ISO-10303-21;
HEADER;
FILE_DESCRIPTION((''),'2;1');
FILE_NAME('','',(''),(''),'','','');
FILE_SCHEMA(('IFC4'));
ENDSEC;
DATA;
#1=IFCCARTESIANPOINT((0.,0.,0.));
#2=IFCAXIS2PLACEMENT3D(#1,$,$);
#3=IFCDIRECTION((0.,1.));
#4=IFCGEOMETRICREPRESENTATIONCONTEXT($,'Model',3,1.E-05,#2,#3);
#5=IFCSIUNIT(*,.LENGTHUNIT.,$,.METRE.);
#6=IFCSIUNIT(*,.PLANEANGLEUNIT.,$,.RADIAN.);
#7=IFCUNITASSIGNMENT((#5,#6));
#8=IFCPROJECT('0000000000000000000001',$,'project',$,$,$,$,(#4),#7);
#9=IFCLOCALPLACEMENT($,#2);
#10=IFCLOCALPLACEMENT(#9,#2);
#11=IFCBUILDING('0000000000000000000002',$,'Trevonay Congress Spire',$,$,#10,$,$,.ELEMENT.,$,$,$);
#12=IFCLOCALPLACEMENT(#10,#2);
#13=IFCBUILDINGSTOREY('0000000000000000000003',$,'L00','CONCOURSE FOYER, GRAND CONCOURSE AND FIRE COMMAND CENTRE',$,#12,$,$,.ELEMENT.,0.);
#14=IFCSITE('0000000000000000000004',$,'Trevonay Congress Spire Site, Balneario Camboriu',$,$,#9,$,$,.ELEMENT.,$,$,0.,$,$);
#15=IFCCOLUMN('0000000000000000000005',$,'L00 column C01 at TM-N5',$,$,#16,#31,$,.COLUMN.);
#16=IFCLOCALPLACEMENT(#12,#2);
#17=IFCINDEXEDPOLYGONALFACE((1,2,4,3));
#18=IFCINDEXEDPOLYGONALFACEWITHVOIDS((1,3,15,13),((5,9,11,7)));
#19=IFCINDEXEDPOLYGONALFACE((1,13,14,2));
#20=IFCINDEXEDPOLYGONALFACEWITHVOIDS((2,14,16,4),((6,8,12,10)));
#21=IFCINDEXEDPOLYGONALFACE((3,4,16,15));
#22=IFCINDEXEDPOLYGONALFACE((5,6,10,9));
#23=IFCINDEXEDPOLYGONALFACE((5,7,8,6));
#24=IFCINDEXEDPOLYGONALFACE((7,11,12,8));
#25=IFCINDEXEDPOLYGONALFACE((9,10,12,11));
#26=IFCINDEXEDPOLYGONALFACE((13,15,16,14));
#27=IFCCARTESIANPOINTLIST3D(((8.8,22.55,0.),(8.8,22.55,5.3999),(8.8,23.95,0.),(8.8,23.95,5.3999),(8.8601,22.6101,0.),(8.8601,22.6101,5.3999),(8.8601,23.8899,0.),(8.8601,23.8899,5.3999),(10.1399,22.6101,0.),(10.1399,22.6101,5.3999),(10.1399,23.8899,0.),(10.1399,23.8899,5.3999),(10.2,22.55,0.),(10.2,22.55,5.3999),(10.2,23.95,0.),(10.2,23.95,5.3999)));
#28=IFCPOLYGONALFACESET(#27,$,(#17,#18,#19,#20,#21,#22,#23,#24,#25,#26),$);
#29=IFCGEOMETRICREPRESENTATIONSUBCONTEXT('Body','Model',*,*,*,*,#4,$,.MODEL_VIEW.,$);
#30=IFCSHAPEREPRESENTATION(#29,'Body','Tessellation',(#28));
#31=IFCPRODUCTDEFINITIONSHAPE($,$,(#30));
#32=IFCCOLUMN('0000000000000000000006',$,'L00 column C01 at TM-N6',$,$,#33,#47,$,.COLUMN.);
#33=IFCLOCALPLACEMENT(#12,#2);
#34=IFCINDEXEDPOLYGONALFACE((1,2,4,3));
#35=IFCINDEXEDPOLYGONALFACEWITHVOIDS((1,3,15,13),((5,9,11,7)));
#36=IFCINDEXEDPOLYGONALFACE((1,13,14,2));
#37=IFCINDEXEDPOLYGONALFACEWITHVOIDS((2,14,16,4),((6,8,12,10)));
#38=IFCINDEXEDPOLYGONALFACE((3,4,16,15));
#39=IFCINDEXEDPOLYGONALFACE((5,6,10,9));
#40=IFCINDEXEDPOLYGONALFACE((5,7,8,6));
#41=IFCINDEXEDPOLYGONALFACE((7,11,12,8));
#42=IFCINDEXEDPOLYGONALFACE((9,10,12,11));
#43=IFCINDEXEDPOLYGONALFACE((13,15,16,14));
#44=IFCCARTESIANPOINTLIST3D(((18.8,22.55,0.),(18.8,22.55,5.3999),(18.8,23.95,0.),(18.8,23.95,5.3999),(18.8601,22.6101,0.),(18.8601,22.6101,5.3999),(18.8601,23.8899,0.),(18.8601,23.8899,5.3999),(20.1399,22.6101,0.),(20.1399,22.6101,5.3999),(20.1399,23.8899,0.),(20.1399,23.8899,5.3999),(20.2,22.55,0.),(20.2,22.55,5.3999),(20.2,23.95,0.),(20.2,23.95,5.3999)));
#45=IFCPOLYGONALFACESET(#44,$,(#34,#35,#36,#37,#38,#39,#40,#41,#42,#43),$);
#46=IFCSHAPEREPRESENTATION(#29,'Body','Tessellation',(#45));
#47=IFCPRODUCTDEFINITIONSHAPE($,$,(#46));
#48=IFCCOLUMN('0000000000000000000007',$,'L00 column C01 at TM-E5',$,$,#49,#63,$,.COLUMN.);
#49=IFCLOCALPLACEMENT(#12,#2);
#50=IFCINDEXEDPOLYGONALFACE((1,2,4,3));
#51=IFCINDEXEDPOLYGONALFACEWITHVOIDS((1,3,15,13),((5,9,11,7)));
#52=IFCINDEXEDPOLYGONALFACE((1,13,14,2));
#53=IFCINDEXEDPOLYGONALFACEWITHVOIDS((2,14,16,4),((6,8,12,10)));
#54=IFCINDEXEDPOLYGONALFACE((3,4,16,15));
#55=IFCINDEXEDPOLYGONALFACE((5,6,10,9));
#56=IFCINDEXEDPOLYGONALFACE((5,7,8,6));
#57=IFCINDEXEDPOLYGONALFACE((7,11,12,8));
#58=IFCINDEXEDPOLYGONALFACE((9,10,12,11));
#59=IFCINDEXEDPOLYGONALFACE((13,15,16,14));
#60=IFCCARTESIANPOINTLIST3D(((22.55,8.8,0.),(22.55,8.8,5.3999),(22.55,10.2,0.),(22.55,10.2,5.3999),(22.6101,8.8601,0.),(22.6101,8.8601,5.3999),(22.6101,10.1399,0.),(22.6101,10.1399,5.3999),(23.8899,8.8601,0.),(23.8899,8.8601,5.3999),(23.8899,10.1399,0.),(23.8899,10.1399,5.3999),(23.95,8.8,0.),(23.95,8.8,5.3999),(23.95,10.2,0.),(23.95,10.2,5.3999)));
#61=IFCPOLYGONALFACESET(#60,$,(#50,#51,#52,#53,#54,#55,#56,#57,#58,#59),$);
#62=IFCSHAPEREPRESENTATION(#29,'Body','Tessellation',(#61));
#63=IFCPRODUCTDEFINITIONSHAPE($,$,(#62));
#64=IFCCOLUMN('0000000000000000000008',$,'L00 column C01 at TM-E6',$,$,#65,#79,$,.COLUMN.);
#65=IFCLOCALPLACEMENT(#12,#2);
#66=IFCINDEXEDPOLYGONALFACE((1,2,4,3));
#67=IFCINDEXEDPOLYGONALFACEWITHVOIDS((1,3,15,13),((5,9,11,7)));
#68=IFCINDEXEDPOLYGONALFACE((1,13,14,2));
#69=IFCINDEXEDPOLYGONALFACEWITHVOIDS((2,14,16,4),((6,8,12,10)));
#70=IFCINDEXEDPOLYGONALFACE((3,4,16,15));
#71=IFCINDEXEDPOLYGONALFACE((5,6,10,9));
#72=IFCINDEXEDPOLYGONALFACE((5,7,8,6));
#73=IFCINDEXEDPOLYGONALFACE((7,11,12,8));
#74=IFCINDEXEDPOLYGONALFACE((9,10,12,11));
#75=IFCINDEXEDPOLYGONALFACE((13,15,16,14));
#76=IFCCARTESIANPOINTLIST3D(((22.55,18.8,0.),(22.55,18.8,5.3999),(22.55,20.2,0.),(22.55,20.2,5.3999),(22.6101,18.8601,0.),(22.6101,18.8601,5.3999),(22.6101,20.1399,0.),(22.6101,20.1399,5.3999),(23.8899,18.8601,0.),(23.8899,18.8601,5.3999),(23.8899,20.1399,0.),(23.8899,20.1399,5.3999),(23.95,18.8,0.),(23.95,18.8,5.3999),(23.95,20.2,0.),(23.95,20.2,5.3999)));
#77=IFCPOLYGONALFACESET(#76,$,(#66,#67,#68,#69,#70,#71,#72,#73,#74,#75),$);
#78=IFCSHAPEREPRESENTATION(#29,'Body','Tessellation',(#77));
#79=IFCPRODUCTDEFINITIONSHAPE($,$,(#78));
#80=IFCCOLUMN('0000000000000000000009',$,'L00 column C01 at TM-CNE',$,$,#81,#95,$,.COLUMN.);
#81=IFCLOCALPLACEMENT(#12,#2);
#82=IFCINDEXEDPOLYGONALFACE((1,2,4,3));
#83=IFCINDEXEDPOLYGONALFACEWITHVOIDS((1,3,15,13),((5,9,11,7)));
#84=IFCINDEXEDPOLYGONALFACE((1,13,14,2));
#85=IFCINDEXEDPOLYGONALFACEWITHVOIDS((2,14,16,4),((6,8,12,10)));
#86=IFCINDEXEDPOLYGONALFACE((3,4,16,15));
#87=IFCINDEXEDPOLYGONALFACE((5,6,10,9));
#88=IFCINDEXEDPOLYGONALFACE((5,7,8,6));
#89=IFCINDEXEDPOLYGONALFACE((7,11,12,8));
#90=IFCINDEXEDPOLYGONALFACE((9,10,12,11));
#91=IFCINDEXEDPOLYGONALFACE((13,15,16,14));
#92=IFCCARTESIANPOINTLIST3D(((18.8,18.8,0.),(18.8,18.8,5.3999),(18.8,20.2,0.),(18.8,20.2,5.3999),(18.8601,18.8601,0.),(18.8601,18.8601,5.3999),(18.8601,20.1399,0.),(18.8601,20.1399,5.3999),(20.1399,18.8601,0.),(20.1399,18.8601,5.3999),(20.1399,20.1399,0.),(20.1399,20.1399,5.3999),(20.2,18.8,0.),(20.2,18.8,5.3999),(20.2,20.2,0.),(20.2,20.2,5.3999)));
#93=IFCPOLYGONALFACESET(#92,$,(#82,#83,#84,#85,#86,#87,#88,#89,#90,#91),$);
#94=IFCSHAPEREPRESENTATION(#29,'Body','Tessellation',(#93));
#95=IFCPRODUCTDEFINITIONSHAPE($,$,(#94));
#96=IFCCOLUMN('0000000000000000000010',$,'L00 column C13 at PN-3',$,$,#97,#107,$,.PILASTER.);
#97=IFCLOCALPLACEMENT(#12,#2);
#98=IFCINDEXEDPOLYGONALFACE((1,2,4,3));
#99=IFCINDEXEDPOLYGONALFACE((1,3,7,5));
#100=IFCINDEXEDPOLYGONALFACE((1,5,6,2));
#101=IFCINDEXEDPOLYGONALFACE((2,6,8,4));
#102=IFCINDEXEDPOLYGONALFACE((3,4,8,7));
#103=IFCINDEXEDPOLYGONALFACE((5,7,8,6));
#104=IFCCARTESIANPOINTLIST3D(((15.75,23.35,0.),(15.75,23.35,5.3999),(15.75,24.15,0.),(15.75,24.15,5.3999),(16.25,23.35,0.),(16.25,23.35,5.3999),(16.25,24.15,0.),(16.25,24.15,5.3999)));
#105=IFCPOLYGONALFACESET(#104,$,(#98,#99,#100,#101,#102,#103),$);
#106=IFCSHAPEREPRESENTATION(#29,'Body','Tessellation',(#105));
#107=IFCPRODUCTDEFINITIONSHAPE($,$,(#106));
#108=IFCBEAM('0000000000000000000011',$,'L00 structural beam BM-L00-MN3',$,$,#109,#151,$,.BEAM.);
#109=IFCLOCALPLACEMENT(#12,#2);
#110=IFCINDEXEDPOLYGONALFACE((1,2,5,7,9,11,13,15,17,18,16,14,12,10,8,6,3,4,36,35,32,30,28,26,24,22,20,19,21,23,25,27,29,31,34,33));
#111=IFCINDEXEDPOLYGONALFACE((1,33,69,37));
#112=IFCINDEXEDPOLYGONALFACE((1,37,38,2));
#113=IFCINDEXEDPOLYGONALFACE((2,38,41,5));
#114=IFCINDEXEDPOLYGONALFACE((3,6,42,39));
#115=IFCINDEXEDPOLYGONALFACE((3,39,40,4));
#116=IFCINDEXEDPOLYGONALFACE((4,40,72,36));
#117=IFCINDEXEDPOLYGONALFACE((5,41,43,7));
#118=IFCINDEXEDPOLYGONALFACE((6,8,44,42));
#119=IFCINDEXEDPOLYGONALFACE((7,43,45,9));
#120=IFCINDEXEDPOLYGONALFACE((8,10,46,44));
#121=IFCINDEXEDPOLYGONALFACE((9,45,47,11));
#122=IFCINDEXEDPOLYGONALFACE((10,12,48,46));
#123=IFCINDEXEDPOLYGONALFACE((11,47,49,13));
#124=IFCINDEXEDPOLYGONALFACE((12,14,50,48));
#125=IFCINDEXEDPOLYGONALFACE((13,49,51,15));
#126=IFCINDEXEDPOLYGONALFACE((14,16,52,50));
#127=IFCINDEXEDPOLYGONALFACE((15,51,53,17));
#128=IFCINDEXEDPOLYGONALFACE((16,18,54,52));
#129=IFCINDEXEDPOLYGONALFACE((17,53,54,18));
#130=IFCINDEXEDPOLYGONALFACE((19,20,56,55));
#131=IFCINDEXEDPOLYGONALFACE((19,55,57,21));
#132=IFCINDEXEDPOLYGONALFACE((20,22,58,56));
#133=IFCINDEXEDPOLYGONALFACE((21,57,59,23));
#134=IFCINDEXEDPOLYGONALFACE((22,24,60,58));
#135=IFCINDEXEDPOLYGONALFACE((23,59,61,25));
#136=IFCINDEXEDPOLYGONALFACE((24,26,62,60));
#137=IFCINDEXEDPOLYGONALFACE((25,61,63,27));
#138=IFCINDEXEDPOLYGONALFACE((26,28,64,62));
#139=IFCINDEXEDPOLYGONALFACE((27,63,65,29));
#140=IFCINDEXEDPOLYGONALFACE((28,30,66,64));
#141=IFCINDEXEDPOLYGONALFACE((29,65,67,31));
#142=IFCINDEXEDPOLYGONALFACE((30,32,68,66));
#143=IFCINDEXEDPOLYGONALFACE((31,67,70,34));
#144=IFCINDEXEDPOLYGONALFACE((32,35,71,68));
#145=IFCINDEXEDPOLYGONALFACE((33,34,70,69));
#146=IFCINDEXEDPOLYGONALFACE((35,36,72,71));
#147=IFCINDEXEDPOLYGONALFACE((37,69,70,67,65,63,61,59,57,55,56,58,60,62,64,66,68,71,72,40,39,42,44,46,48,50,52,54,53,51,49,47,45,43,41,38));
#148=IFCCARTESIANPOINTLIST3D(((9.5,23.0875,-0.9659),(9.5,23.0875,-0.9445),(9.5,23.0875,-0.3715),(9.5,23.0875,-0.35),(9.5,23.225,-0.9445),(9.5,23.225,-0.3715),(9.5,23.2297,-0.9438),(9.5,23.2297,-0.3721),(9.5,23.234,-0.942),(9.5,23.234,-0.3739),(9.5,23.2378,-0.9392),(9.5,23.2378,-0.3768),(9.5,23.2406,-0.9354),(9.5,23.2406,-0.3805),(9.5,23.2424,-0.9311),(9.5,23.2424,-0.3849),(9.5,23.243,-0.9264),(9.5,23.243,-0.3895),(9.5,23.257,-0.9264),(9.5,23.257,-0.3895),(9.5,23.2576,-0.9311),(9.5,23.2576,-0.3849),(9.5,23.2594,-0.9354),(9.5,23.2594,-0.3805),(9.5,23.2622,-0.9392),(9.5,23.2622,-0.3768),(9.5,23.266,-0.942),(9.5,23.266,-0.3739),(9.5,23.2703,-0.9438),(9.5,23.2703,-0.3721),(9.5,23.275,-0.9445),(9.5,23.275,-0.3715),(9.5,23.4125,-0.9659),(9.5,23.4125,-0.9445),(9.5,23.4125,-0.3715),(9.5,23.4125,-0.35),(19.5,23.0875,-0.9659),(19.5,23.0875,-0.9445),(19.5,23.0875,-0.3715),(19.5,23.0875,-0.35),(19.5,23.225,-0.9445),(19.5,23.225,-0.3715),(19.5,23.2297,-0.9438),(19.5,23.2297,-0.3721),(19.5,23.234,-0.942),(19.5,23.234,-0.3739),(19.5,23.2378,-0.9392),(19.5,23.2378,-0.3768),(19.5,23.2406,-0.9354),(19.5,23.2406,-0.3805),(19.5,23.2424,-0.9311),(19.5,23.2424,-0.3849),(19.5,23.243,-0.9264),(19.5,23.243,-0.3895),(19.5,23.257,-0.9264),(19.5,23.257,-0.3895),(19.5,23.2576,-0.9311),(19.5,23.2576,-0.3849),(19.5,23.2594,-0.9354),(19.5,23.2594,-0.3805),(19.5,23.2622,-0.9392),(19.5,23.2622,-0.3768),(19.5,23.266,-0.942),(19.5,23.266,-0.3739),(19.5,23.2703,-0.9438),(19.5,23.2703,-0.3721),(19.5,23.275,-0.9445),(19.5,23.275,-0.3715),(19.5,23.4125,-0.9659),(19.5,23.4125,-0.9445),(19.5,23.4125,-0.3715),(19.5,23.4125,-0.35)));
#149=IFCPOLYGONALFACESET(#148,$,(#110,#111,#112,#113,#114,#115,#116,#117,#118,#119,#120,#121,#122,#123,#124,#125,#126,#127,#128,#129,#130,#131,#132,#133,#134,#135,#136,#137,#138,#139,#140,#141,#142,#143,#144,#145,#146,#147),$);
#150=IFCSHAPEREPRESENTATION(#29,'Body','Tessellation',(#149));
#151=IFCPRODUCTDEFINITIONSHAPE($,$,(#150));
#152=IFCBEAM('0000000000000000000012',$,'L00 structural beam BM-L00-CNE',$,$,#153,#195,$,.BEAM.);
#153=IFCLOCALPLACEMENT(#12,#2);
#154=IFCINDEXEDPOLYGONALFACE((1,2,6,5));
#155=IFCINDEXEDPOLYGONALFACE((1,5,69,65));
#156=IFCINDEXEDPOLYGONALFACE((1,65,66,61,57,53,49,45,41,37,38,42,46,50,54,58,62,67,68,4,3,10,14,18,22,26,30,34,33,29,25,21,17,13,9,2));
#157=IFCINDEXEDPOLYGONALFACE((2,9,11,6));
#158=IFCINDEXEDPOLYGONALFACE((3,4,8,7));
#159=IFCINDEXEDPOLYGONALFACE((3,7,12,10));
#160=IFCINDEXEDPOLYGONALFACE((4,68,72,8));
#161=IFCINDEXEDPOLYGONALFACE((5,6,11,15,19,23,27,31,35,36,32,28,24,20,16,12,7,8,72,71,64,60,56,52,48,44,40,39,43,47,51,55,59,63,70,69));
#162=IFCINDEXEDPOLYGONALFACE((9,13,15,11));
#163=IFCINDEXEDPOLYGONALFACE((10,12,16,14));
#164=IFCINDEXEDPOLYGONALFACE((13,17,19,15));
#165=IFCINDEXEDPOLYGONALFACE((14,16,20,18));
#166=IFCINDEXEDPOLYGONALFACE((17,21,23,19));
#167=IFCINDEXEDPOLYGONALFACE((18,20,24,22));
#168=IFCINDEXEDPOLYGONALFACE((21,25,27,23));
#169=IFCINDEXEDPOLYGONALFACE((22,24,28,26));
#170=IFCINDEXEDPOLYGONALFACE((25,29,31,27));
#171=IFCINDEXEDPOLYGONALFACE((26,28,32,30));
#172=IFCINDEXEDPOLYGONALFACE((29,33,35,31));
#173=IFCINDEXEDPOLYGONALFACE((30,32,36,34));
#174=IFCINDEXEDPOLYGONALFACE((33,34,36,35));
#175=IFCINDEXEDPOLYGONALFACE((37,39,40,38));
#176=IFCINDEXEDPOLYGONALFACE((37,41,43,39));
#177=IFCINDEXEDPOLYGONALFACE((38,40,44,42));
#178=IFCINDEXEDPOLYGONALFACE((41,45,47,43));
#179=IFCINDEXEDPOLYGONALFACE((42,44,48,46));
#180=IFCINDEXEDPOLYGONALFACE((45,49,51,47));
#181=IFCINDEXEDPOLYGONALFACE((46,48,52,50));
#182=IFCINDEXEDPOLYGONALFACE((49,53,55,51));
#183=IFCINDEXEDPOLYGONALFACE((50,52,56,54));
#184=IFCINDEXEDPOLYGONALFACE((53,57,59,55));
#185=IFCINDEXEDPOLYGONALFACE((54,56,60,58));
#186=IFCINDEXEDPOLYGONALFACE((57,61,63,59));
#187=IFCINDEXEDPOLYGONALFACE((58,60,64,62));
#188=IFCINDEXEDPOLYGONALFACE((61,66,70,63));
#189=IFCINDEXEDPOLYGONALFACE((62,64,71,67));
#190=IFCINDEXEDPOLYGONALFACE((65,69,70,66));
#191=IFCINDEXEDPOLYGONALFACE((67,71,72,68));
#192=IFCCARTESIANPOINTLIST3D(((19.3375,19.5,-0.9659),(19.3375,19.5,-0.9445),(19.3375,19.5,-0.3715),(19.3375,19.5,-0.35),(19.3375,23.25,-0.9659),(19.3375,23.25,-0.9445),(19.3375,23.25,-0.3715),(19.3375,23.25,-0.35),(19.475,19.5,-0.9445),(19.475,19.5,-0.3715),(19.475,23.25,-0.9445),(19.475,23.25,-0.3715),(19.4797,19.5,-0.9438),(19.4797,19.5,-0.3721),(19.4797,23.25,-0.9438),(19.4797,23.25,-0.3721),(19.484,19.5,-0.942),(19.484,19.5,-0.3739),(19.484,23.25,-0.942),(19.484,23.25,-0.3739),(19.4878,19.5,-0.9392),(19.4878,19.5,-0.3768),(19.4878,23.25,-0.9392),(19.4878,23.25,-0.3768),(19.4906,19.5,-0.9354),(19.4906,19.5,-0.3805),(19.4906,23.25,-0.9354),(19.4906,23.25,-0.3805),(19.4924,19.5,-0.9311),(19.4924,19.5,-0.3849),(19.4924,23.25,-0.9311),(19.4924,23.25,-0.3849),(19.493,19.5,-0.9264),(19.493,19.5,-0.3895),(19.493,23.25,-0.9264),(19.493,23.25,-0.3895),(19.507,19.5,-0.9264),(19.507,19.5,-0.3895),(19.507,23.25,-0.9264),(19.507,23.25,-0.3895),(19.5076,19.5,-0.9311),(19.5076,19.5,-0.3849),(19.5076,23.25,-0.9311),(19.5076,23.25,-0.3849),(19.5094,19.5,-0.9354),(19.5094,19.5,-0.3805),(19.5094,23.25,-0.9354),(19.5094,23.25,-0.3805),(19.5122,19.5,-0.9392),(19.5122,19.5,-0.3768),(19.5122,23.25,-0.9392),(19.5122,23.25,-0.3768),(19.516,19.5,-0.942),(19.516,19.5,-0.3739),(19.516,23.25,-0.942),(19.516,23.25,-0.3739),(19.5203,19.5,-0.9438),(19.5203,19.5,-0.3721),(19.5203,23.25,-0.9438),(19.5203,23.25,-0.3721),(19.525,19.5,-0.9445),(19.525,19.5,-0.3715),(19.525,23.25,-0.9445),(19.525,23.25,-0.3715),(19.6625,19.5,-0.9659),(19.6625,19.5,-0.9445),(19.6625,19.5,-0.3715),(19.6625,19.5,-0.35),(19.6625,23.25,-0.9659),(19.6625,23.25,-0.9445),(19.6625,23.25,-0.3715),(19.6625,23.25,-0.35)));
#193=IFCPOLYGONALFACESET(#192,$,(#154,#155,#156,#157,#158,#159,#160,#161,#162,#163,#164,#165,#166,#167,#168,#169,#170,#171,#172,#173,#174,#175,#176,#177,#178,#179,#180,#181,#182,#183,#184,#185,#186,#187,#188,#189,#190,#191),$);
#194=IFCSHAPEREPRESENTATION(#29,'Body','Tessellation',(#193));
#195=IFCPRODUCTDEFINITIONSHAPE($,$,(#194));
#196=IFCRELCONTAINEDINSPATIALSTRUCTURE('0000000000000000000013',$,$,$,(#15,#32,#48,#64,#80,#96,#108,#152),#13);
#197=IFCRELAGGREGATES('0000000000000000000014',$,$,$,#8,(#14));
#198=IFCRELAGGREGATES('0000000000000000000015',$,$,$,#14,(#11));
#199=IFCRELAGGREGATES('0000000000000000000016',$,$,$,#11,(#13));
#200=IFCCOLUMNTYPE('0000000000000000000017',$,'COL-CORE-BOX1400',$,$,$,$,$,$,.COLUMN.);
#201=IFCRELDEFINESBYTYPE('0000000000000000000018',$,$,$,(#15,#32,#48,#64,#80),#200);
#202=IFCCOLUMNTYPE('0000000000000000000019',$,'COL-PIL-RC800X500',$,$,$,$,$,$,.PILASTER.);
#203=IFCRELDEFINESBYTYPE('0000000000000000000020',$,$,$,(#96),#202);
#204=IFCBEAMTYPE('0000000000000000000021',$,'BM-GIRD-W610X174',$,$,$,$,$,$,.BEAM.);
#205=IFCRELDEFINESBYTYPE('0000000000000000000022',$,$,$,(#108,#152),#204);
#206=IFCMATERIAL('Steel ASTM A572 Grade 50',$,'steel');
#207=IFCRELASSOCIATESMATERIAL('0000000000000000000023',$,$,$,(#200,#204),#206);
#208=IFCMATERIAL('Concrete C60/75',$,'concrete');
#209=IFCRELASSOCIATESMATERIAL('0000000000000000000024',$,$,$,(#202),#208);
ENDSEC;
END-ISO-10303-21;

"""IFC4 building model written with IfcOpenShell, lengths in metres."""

from ifc_helpers import new_model, si_unit, direction, frame, origin, origin_2d, place, context, subcontext, project, spatial, rectangle, hollow_rectangle, i_section, extrude, material, material_profile, profile_set, type_object, element, save


model = new_model("IFC4")

# Units and contexts
model_context = context("Model", 3, precision=1e-05, world=origin(), true_north=direction((0.0, 1.0)))
body_context = subcontext(model_context, "Body", "Model", "MODEL_VIEW")
ifc_project = project(units=[si_unit("LENGTHUNIT", "METRE"), si_unit("PLANEANGLEUNIT", "RADIAN")], contexts=[model_context])

# Site, building, storey
site_placement = place(None, origin())
site = spatial("IfcSite", under=ifc_project, at=site_placement, Name="Trevonay Congress Spire Site, Balneario Camboriu", CompositionType="ELEMENT", RefElevation=0.0)
building_placement = place(site_placement, origin())
building = spatial("IfcBuilding", under=site, at=building_placement, Name="Trevonay Congress Spire", CompositionType="ELEMENT")
storey_placement = place(building_placement, origin())
storey = spatial("IfcBuildingStorey", under=building, at=storey_placement, Name="L00", Description="CONCOURSE FOYER, GRAND CONCOURSE AND FIRE COMMAND CENTRE", CompositionType="ELEMENT", Elevation=0.0)

# Columns
ifc_material_1 = material(Name="Steel ASTM A572 Grade 50", Category="steel")
ifc_material_profile_1 = material_profile(ifc_material_1, hollow_rectangle(XDim=1.3999, YDim=1.3999, WallThickness=0.0601, at=origin_2d()), Name="BOX 1400x1400x60")
ifc_profile_set_1 = profile_set([ifc_material_profile_1], Name="Steel ASTM A572 Grade 50")
column_type_1 = type_object("IfcColumnType", Name="COL-CORE-BOX1400", PredefinedType="COLUMN", material=ifc_profile_set_1)
for number, where, z_axis, x_axis, name in (
    (1, (9.5, 23.25, 0.0), (0.0, 0.0, 1.0), (1.0, 0.0, 0.0), "L00 column C01 at TM-N5"),
    (2, (19.5, 23.25, 0.0), (0.0, 0.0, 1.0), (1.0, 0.0, 0.0), "L00 column C01 at TM-N6"),
    (3, (23.25, 9.5, 0.0), (0.0, 0.0, 1.0), (1.0, 0.0, 0.0), "L00 column C01 at TM-E5"),
    (4, (23.25, 19.5, 0.0), (0.0, 0.0, 1.0), (1.0, 0.0, 0.0), "L00 column C01 at TM-E6"),
    (5, (19.5, 19.5, 0.0), (0.0, 0.0, 1.0), (1.0, 0.0, 0.0), "L00 column C01 at TM-CNE"),
):
    element("IfcColumn", number, at=place(storey_placement, frame(where, z_axis=z_axis, x_axis=x_axis)), inside=storey, type_object=column_type_1, Name=name, PredefinedType="COLUMN", context=body_context, shape_type="SweptSolid", body=[
        extrude(hollow_rectangle(XDim=1.3999, YDim=1.3999, WallThickness=0.0601, at=origin_2d()), origin(), (0.0, 0.0, 1.0), 5.3999),
    ])
ifc_material_2 = material(Name="Concrete C60/75", Category="concrete")
ifc_material_profile_2 = material_profile(ifc_material_2, rectangle(XDim=0.5, YDim=0.8, at=origin_2d()), Name="RC 800x500")
ifc_profile_set_2 = profile_set([ifc_material_profile_2], Name="Concrete C60/75")
column_type_2 = type_object("IfcColumnType", Name="COL-PIL-RC800X500", PredefinedType="PILASTER", material=ifc_profile_set_2)
column_placement = place(storey_placement, frame((16.0, 23.75, 0.0), z_axis=(0.0, 0.0, 1.0), x_axis=(1.0, 0.0, 0.0)))
element("IfcColumn", 6, at=column_placement, inside=storey, type_object=column_type_2, Name="L00 column C13 at PN-3", PredefinedType="PILASTER", context=body_context, shape_type="SweptSolid", body=[
    extrude(rectangle(XDim=0.5, YDim=0.8, at=origin_2d()), origin(), (0.0, 0.0, 1.0), 5.3999),
])

# Beams
ifc_material_profile_3 = material_profile(ifc_material_1, i_section(OverallWidth=0.325, OverallDepth=0.616, WebThickness=0.0139, FlangeThickness=0.0215, FilletRadius=0.0181, at=origin_2d()), Name="W610x174")
ifc_profile_set_3 = profile_set([ifc_material_profile_3], Name="Steel ASTM A572 Grade 50")
beam_type_1 = type_object("IfcBeamType", Name="BM-GIRD-W610X174", PredefinedType="BEAM", material=ifc_profile_set_3)
beam_1_placement = place(storey_placement, frame((9.5, 23.25, -0.658), z_axis=(1.0, 0.0, 0.0), x_axis=(0.0, 1.0, 0.0)))
element("IfcBeam", 7, at=beam_1_placement, inside=storey, type_object=beam_type_1, Name="L00 structural beam BM-L00-MN3", PredefinedType="BEAM", context=body_context, shape_type="SweptSolid", body=[
    extrude(i_section(OverallWidth=0.325, OverallDepth=0.616, WebThickness=0.0139, FlangeThickness=0.0215, FilletRadius=0.0181, at=origin_2d()), origin(), (0.0, 0.0, 1.0), 10.0),
])
beam_2_placement = place(storey_placement, frame((19.5, 23.25, -0.658), z_axis=(0.0, -1.0, 0.0), x_axis=(1.0, 0.0, 0.0)))
element("IfcBeam", 8, at=beam_2_placement, inside=storey, type_object=beam_type_1, Name="L00 structural beam BM-L00-CNE", PredefinedType="BEAM", context=body_context, shape_type="SweptSolid", body=[
    extrude(i_section(OverallWidth=0.325, OverallDepth=0.616, WebThickness=0.0139, FlangeThickness=0.0215, FilletRadius=0.0181, at=origin_2d()), origin(), (0.0, 0.0, 1.0), 3.75),
])

save(model, "model.ifc")
